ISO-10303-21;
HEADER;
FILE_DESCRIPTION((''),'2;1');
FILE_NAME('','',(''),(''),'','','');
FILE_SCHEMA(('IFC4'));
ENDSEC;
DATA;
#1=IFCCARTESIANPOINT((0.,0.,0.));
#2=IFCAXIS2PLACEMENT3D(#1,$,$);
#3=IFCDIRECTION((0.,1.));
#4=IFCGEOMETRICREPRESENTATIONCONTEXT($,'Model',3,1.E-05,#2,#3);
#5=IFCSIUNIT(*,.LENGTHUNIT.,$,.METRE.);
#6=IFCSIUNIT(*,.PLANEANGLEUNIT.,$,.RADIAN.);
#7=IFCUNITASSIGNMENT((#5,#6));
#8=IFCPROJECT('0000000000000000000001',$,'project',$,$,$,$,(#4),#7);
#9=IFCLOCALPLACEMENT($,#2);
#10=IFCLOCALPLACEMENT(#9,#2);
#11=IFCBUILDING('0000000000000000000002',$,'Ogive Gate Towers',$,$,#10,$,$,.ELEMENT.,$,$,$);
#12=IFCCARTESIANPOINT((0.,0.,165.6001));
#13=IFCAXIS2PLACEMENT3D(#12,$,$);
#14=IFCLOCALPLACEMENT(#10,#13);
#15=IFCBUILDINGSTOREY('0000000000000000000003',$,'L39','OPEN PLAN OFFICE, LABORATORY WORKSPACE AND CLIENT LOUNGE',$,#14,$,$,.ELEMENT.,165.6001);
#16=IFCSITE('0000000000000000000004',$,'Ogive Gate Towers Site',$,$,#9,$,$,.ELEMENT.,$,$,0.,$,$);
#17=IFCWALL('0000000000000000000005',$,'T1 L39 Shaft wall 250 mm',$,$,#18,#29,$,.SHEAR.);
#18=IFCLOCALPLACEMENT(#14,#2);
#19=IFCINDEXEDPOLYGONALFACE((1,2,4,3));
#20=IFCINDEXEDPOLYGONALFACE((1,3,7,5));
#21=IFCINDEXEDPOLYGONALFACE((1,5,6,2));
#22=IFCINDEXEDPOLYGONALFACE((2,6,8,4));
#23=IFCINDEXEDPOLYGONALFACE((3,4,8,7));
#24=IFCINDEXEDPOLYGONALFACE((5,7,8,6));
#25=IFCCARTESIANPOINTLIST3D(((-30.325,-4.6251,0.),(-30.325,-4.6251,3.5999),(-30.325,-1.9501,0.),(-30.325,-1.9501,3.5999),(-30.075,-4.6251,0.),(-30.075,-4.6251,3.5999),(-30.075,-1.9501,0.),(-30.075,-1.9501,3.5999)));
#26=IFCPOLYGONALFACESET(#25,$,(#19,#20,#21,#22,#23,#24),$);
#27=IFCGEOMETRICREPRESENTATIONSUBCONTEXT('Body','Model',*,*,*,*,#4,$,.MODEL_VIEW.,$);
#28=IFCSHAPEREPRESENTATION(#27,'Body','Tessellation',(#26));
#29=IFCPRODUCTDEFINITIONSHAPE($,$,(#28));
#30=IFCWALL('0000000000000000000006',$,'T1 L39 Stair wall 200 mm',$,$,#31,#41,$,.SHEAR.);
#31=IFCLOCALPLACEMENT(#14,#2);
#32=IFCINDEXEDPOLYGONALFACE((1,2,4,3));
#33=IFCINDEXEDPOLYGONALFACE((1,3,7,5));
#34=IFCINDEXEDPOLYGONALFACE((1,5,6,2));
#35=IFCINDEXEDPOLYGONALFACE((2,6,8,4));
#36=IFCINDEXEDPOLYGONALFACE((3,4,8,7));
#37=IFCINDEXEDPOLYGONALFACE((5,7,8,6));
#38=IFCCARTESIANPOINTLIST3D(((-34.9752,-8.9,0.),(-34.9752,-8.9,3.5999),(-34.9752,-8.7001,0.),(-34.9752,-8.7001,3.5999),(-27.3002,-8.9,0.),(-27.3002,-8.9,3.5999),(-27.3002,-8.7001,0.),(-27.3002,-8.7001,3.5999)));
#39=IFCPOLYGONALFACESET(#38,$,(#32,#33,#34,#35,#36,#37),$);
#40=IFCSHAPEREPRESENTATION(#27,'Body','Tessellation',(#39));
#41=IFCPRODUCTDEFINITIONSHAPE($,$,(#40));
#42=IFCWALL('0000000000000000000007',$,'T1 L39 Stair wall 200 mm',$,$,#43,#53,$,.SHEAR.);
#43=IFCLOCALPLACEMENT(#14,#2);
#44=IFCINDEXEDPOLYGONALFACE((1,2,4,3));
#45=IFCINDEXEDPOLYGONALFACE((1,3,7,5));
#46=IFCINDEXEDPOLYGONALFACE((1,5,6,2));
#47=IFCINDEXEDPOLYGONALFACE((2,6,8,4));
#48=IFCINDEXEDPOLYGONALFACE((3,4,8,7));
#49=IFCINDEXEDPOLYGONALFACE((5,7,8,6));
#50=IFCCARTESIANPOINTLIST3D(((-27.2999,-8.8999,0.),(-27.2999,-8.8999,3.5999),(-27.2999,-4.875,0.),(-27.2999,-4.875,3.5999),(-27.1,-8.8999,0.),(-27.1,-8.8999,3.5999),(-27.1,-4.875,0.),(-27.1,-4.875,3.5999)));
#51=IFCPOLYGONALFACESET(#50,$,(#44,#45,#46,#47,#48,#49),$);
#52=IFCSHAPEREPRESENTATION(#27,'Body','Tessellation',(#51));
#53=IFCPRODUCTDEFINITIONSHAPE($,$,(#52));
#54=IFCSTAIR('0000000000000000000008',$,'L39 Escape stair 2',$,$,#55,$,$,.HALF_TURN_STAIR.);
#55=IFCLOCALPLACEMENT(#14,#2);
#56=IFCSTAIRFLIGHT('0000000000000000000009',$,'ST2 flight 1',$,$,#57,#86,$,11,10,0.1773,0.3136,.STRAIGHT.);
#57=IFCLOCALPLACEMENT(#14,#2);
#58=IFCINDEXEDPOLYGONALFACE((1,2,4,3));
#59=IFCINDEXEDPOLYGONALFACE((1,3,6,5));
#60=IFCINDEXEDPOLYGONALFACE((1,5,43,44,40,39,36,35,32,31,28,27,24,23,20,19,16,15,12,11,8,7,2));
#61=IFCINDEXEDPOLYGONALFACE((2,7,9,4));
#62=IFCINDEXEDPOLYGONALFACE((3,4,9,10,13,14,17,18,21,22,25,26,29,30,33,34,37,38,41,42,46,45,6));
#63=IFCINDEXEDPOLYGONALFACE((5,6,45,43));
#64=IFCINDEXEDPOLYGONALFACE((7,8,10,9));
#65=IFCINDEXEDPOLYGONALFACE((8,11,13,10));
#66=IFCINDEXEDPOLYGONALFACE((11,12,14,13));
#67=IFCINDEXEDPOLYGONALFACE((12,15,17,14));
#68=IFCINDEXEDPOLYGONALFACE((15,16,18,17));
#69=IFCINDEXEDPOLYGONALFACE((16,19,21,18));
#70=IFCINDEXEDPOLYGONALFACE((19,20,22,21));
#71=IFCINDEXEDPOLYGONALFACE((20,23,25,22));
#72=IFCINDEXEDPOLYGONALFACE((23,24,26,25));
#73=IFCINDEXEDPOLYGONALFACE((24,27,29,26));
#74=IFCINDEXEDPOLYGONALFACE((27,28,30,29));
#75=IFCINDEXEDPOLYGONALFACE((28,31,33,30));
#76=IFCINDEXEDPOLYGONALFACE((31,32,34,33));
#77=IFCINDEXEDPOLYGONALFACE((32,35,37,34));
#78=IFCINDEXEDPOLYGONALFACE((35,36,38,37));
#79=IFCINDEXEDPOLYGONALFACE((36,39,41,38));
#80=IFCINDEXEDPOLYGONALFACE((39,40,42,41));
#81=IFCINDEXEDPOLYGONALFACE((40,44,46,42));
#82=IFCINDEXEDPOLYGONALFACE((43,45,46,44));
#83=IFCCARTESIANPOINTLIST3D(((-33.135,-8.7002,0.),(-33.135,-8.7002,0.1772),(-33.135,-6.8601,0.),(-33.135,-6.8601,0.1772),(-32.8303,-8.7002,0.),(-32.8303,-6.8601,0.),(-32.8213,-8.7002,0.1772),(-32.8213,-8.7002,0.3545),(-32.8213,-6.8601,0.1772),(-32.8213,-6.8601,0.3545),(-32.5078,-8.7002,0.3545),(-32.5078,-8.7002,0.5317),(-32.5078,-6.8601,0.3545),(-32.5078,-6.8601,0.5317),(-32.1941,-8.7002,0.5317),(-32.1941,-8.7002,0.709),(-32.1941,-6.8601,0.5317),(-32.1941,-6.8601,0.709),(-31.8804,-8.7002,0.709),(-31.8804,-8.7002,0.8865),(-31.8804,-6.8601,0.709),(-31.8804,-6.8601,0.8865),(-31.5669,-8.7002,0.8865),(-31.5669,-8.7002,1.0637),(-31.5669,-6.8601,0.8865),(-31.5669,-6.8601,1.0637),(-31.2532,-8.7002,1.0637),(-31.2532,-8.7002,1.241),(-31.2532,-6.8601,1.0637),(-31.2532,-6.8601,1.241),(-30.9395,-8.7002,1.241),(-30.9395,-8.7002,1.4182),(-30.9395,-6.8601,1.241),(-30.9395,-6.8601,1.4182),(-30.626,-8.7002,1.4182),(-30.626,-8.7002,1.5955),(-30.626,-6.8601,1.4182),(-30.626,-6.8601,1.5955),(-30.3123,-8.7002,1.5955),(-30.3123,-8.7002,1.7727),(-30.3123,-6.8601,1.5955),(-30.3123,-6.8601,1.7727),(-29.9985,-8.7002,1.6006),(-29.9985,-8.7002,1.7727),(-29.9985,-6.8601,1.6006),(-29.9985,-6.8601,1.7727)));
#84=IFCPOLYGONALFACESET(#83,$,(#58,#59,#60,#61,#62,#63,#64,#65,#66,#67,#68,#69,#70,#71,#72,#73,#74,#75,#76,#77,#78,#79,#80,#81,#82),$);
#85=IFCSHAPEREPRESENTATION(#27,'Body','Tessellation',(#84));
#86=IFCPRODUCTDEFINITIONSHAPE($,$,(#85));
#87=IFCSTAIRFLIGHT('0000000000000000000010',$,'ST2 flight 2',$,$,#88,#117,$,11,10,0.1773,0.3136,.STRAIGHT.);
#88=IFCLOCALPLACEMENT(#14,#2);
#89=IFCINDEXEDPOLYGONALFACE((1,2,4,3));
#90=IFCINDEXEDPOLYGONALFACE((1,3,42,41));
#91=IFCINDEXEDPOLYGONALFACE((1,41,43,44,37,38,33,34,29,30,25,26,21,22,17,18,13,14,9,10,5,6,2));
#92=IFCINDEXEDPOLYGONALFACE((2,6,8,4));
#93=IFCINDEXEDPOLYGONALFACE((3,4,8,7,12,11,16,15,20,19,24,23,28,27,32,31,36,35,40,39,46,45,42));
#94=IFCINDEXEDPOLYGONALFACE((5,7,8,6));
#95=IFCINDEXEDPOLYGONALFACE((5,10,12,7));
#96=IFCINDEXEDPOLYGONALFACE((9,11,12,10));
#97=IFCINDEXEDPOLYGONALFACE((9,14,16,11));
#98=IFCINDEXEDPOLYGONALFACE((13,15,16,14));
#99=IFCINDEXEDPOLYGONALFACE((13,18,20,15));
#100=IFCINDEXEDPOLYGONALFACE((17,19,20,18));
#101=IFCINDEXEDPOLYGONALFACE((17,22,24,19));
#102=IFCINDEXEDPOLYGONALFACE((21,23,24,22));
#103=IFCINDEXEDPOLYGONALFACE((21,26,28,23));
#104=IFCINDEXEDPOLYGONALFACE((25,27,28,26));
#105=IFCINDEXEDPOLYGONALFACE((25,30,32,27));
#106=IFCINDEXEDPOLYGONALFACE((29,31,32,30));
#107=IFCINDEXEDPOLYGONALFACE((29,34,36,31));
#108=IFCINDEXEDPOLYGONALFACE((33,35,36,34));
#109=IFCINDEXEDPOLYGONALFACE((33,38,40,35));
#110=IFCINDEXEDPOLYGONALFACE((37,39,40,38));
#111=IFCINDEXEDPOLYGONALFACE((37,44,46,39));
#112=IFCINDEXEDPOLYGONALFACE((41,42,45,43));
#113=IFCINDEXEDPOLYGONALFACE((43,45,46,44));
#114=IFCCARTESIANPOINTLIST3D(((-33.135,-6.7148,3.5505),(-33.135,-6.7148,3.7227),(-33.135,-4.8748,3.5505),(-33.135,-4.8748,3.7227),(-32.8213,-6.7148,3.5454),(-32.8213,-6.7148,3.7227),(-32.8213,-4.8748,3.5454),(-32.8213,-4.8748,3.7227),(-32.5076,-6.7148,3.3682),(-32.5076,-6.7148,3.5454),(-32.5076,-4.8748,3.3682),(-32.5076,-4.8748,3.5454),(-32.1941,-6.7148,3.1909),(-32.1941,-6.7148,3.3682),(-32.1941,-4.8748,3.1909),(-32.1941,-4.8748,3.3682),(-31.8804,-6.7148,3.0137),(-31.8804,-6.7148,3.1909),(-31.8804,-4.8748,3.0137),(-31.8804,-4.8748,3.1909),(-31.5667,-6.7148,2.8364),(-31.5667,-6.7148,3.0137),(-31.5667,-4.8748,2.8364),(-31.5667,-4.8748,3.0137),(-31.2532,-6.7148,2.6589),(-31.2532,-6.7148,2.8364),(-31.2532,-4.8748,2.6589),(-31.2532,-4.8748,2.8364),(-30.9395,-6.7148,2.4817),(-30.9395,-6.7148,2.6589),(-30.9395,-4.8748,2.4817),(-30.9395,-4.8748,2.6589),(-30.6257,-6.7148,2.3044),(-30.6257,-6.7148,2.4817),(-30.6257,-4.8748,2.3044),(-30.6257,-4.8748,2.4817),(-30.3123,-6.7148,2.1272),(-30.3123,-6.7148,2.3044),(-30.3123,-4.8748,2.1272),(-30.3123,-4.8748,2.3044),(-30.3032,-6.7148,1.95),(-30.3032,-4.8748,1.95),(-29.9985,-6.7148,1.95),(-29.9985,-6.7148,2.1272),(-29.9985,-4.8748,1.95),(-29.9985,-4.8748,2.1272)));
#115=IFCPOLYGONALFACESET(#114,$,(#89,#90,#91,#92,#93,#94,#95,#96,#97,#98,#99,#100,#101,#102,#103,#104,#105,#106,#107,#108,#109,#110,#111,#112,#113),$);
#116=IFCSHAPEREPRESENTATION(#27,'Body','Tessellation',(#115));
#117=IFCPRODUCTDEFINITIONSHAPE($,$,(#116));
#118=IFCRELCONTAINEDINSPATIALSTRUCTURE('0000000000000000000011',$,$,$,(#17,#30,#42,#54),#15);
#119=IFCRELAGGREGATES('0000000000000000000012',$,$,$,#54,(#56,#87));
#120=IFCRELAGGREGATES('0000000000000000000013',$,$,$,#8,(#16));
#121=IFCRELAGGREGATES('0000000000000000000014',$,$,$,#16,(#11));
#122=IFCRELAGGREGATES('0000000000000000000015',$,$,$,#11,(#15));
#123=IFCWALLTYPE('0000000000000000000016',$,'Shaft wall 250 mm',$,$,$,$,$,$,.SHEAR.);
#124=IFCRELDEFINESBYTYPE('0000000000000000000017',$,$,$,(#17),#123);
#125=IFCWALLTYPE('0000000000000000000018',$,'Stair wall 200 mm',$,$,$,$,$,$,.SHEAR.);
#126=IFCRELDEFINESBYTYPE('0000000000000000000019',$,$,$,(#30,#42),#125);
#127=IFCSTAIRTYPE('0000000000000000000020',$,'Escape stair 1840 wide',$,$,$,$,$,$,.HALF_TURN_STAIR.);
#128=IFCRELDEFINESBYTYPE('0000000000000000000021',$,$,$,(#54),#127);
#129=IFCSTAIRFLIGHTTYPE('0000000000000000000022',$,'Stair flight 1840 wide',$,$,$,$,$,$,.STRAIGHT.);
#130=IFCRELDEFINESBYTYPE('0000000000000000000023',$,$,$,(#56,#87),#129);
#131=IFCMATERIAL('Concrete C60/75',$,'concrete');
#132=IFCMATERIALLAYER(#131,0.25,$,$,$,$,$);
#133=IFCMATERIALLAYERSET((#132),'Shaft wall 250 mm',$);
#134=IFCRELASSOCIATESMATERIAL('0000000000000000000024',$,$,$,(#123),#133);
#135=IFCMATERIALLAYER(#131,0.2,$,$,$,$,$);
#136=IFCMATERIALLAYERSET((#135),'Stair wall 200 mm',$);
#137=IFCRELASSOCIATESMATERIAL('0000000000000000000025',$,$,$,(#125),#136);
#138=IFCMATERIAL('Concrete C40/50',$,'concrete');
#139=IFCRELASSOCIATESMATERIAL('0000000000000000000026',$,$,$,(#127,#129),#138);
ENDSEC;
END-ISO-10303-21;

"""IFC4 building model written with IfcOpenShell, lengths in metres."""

from ifc_helpers import new_model, si_unit, direction, frame, frame_2d, origin, place, context, subcontext, project, spatial, polyline, rectangle, outline, extrude, material, layer, layer_set, type_object, element, aggregate, save


model = new_model("IFC4")

# Units and contexts
model_context = context("Model", 3, precision=1e-05, world=origin(), true_north=direction((0.0, 1.0)))
body_context = subcontext(model_context, "Body", "Model", "MODEL_VIEW")
ifc_project = project(units=[si_unit("LENGTHUNIT", "METRE"), si_unit("PLANEANGLEUNIT", "RADIAN")], contexts=[model_context])

# Site, building, storey
site_placement = place(None, origin())
site = spatial("IfcSite", under=ifc_project, at=site_placement, Name="Ogive Gate Towers Site", CompositionType="ELEMENT", RefElevation=0.0)
building_placement = place(site_placement, origin())
building = spatial("IfcBuilding", under=site, at=building_placement, Name="Ogive Gate Towers", CompositionType="ELEMENT")
storey_placement = place(building_placement, frame((0.0, 0.0, 165.6001)))
storey = spatial("IfcBuildingStorey", under=building, at=storey_placement, Name="L39", Description="OPEN PLAN OFFICE, LABORATORY WORKSPACE AND CLIENT LOUNGE", CompositionType="ELEMENT", Elevation=165.6001)

# Shared definitions
ifc_material_1 = material(Name="Concrete C60/75", Category="concrete")

# Shared definitions
ifc_layer_1 = layer(ifc_material_1, 0.25)
ifc_layer_set_1 = layer_set([ifc_layer_1], Name="Shaft wall 250 mm")
wall_type_1 = type_object("IfcWallType", Name="Shaft wall 250 mm", PredefinedType="SHEAR", material=ifc_layer_set_1)

# Walls
for number, where, z_axis, x_axis, name in (
    (1, (-30.2, -4.625, 0.0), (0.0, 0.0, 1.0), (0.0, 1.0, 0.0), "T1 L39 Shaft wall 250 mm"),
):
    element("IfcWall", number, at=place(storey_placement, frame(where, z_axis=z_axis, x_axis=x_axis)), inside=storey, type_object=wall_type_1, Name=name, PredefinedType="SHEAR", context=body_context, shape_type="SweptSolid", body=[
        extrude(rectangle(XDim=2.675, YDim=0.25, at=frame_2d((1.3374, 0.0))), origin(), (0.0, 0.0, 1.0), 3.5999),
    ])
ifc_layer_2 = layer(ifc_material_1, 0.2)
ifc_layer_set_2 = layer_set([ifc_layer_2], Name="Stair wall 200 mm")
wall_type_2 = type_object("IfcWallType", Name="Stair wall 200 mm", PredefinedType="SHEAR", material=ifc_layer_set_2)
wall_1_placement = place(storey_placement, frame((-34.9751, -8.8, 0.0), z_axis=(0.0, 0.0, 1.0), x_axis=(1.0, 0.0, 0.0)))
element("IfcWall", 2, at=wall_1_placement, inside=storey, type_object=wall_type_2, Name="T1 L39 Stair wall 200 mm", PredefinedType="SHEAR", context=body_context, shape_type="SweptSolid", body=[
    extrude(rectangle(XDim=7.675, YDim=0.2, at=frame_2d((3.8374, 0.0))), origin(), (0.0, 0.0, 1.0), 3.5999),
])
wall_2_placement = place(storey_placement, frame((-27.2, -8.8999, 0.0), z_axis=(0.0, 0.0, 1.0), x_axis=(0.0, 1.0, 0.0)))
element("IfcWall", 3, at=wall_2_placement, inside=storey, type_object=wall_type_2, Name="T1 L39 Stair wall 200 mm", PredefinedType="SHEAR", context=body_context, shape_type="SweptSolid", body=[
    extrude(rectangle(XDim=4.0249, YDim=0.2, at=frame_2d((2.0125, 0.0))), origin(), (0.0, 0.0, 1.0), 3.5999),
])

# Stair, stair flights
ifc_material_2 = material(Name="Concrete C40/50", Category="concrete")
stair_type = type_object("IfcStairType", Name="Escape stair 1840 wide", PredefinedType="HALF_TURN_STAIR", material=ifc_material_2)
stair_placement = place(storey_placement, origin())
stair = element("IfcStair", 4, at=stair_placement, inside=storey, type_object=stair_type, Name="L39 Escape stair 2", PredefinedType="HALF_TURN_STAIR")
stair_flight_type = type_object("IfcStairFlightType", Name="Stair flight 1840 wide", PredefinedType="STRAIGHT", material=ifc_material_2)
stair_flight_1_placement = place(storey_placement, frame((-33.135, -7.78, 0.0), z_axis=(0.0, 0.0, 1.0), x_axis=(1.0, 0.0, 0.0)))
stair_flight_1 = element("IfcStairFlight", 5, at=stair_flight_1_placement, type_object=stair_flight_type, Name="ST2 flight 1", NumberOfRisers=11, NumberOfTreads=10, PredefinedType="STRAIGHT", RiserHeight=0.1773, TreadLength=0.3136, context=body_context, shape_type="SweptSolid", body=[
    extrude(outline(polyline([(0.0, 0.0), (0.0, 0.1772), (0.3137, 0.1772), (0.3137, 0.3545), (0.6272, 0.3545), (0.6272, 0.5317), (0.9409, 0.5317), (0.9409, 0.709), (1.2546, 0.709), (1.2546, 0.8865), (1.5681, 0.8865), (1.5681, 1.0637), (1.8818, 1.0637), (1.8818, 1.241), (2.1956, 1.241), (2.1956, 1.4182), (2.509, 1.4182), (2.509, 1.5955), (2.8228, 1.5955), (2.8228, 1.7727), (3.1365, 1.7727), (3.1365, 1.95), (3.1365, 1.6006), (0.3047, 0.0), (0.0, 0.0)])), frame((0.0, 0.9199, 0.0), z_axis=(0.0, -1.0, 0.0), x_axis=(1.0, 0.0, 0.0)), (0.0, 0.0, 1.0), 1.8401),
])
stair_flight_2_placement = place(storey_placement, frame((-29.9985, -5.7949, 1.95), z_axis=(0.0, 0.0, 1.0), x_axis=(-1.0, 0.0, 0.0)))
stair_flight_2 = element("IfcStairFlight", 6, at=stair_flight_2_placement, type_object=stair_flight_type, Name="ST2 flight 2", NumberOfRisers=11, NumberOfTreads=10, PredefinedType="STRAIGHT", RiserHeight=0.1773, TreadLength=0.3136, context=body_context, shape_type="SweptSolid", body=[
    extrude(outline(polyline([(0.0, 0.0), (0.0, 0.1772), (0.3137, 0.1772), (0.3137, 0.3545), (0.6272, 0.3545), (0.6272, 0.5317), (0.9409, 0.5317), (0.9409, 0.709), (1.2546, 0.709), (1.2546, 0.8865), (1.5681, 0.8865), (1.5681, 1.0637), (1.8818, 1.0637), (1.8818, 1.241), (2.1956, 1.241), (2.1956, 1.4182), (2.509, 1.4182), (2.509, 1.5955), (2.8228, 1.5955), (2.8228, 1.7727), (3.1365, 1.7727), (3.1365, 1.95), (3.1365, 1.6006), (0.3047, 0.0), (0.0, 0.0)])), frame((0.0, 0.9199, 0.0), z_axis=(0.0, -1.0, 0.0), x_axis=(1.0, 0.0, 0.0)), (0.0, 0.0, 1.0), 1.8401),
])
aggregate(stair, [stair_flight_1, stair_flight_2])

save(model, "model.ifc")
